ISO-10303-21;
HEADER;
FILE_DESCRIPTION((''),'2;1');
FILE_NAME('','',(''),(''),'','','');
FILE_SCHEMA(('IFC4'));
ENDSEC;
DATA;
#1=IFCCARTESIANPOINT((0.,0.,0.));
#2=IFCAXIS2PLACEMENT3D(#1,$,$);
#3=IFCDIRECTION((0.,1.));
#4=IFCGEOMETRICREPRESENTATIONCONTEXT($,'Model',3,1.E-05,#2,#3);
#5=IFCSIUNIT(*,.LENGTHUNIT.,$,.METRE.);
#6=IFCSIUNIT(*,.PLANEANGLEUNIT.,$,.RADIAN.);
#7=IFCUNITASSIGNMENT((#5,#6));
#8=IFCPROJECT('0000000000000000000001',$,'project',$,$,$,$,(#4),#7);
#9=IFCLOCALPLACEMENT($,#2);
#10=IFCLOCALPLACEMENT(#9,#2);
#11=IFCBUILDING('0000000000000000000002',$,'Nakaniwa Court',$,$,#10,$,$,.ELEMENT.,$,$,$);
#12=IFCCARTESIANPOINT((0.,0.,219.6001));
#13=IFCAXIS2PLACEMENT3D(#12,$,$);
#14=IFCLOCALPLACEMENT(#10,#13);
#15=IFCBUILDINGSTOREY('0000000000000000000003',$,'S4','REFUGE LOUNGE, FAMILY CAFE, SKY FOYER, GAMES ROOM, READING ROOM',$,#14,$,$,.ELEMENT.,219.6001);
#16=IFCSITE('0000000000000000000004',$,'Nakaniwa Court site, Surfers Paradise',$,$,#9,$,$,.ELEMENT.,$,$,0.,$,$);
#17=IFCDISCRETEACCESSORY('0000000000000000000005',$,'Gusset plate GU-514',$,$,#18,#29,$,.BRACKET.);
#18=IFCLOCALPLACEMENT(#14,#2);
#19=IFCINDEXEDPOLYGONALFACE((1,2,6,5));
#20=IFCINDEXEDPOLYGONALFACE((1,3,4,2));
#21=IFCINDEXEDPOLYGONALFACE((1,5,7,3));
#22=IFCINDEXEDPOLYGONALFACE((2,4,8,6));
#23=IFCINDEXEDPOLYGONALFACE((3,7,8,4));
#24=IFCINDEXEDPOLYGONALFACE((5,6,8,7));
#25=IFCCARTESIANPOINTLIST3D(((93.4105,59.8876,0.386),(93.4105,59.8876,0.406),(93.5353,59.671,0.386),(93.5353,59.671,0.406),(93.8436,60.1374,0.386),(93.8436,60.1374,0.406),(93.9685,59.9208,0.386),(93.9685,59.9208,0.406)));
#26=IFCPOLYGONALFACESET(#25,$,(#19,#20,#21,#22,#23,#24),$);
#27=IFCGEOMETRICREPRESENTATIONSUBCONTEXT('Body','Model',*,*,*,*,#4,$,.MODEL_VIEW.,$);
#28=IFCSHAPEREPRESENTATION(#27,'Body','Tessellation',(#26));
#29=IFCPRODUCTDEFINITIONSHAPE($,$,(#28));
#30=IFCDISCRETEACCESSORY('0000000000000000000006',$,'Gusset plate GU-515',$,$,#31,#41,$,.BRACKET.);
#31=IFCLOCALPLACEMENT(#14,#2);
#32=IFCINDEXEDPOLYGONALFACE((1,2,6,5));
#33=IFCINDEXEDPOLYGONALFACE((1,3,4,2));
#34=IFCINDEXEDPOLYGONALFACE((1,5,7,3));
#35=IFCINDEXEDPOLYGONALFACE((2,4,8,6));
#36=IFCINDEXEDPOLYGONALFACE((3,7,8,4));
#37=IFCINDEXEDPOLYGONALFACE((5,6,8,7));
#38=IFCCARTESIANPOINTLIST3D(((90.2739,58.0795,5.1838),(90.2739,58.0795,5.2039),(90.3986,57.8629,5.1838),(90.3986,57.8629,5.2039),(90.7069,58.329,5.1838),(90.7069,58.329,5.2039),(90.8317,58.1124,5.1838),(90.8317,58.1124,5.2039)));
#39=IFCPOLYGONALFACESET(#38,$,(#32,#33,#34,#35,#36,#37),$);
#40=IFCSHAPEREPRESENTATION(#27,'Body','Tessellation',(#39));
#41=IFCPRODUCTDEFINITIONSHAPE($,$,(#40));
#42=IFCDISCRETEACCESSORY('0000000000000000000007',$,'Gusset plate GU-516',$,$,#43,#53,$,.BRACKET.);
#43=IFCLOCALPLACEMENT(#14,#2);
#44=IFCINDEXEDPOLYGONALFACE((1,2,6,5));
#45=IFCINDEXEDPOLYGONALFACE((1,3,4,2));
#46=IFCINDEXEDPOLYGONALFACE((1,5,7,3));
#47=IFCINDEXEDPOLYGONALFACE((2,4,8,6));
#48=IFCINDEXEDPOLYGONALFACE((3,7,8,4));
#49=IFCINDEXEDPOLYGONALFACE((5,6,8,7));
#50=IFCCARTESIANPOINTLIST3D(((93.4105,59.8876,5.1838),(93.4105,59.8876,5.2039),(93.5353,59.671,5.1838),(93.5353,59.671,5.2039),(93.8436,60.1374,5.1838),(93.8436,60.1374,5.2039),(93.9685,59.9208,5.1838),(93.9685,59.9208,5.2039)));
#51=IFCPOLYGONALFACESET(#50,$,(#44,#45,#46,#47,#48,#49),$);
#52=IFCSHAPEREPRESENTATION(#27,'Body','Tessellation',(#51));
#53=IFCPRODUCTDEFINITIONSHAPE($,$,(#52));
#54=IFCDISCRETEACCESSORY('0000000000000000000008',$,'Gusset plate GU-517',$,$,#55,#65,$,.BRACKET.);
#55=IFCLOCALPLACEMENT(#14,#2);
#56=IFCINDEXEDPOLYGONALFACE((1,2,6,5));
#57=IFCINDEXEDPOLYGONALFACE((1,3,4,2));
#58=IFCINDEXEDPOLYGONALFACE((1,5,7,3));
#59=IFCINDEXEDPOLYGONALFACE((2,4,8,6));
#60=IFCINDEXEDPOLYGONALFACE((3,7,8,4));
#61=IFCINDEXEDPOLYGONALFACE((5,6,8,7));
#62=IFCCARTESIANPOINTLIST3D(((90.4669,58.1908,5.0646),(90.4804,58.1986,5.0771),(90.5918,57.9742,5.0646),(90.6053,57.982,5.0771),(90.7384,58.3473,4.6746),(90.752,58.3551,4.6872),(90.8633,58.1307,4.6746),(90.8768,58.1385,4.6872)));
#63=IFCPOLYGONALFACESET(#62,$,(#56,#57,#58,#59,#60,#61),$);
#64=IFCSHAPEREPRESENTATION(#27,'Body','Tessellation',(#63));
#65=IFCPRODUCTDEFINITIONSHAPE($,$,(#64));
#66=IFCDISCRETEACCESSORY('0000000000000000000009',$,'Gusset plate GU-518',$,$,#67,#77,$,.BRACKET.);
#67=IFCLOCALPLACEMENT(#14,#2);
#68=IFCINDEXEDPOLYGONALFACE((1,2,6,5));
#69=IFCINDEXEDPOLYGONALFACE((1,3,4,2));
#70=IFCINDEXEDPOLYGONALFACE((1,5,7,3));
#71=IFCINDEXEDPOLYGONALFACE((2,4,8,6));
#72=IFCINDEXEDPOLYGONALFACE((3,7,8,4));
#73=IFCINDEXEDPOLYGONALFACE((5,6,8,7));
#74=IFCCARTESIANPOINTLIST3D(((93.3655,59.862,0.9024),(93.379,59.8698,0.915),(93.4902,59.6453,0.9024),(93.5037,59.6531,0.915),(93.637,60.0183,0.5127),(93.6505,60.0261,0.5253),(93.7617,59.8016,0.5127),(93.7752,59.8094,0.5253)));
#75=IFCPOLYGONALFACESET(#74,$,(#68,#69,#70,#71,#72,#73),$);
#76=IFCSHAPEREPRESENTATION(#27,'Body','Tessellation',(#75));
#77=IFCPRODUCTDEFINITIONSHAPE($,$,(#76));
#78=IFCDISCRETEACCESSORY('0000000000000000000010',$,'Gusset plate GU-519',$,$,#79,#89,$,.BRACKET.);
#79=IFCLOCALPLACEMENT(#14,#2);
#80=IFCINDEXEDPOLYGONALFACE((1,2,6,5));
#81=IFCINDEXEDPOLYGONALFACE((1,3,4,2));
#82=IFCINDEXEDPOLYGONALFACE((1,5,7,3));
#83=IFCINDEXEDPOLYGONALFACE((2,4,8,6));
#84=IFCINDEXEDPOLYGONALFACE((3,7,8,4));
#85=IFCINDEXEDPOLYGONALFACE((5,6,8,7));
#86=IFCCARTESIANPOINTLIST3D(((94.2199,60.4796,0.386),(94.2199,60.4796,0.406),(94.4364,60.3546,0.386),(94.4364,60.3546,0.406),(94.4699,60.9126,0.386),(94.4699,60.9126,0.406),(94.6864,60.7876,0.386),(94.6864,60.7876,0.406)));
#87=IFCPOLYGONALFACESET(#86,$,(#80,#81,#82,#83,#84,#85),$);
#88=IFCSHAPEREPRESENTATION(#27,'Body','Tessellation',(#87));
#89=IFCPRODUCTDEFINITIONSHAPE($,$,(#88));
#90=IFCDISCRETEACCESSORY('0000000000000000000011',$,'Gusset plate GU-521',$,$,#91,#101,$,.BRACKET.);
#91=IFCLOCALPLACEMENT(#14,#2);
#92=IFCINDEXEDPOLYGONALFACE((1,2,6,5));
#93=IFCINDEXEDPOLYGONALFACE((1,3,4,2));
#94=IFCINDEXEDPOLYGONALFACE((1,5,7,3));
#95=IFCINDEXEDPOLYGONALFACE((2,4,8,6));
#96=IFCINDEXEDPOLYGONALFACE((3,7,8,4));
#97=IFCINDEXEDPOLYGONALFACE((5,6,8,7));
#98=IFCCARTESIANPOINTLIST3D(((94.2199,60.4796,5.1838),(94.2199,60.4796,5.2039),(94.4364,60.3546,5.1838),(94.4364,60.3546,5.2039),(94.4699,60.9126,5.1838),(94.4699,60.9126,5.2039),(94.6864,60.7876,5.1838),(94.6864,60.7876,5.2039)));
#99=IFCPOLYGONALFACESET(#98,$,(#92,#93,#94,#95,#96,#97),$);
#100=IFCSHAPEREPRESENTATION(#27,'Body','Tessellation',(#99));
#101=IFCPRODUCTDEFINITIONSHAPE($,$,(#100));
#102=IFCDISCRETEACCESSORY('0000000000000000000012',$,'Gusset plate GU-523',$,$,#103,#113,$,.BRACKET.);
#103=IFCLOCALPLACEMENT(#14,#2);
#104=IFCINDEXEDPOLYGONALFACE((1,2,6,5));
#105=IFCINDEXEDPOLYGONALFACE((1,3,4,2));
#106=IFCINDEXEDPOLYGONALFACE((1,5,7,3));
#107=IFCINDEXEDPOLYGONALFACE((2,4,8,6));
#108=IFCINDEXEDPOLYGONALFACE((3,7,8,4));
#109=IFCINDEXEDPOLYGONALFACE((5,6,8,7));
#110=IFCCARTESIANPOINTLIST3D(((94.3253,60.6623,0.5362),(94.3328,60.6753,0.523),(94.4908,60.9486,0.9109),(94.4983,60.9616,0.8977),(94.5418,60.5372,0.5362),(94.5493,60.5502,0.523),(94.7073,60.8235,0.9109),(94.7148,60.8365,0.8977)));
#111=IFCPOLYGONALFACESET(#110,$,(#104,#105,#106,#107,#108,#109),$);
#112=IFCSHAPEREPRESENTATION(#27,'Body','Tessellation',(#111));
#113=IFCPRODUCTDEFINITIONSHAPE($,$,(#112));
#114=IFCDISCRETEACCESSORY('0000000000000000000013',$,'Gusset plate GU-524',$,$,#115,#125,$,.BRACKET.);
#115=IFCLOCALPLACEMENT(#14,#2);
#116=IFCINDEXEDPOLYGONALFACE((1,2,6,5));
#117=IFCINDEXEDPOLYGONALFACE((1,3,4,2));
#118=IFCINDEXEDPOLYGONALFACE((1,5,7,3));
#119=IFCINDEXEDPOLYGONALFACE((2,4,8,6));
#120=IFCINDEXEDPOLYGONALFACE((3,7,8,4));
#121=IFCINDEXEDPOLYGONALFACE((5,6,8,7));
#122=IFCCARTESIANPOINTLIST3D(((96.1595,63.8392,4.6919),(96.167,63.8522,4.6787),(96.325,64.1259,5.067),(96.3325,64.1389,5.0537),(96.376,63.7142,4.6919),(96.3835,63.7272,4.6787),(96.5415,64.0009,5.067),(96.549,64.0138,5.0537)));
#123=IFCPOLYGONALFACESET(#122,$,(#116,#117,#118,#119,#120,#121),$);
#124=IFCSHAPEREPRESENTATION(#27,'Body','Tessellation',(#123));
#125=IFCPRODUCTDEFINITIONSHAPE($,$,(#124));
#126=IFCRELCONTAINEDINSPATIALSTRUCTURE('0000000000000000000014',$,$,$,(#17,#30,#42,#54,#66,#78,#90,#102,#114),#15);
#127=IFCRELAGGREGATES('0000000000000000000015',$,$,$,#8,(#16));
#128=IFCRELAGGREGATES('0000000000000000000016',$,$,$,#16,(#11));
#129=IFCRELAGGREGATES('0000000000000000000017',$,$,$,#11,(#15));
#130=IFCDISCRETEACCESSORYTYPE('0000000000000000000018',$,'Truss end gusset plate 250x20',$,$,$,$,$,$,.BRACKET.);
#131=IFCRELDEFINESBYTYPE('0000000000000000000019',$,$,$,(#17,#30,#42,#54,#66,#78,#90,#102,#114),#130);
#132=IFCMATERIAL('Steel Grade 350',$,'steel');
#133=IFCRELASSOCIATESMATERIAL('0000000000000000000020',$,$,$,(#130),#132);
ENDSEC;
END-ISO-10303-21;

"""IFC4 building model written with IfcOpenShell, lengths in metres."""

from ifc_helpers import new_model, si_unit, direction, frame, origin, origin_2d, place, context, subcontext, project, spatial, rectangle, extrude, material, material_profile, profile_set, type_object, element, save


model = new_model("IFC4")

# Units and contexts
model_context = context("Model", 3, precision=1e-05, world=origin(), true_north=direction((0.0, 1.0)))
body_context = subcontext(model_context, "Body", "Model", "MODEL_VIEW")
ifc_project = project(units=[si_unit("LENGTHUNIT", "METRE"), si_unit("PLANEANGLEUNIT", "RADIAN")], contexts=[model_context])

# Site, building, storey
site_placement = place(None, origin())
site = spatial("IfcSite", under=ifc_project, at=site_placement, Name="Nakaniwa Court site, Surfers Paradise", CompositionType="ELEMENT", RefElevation=0.0)
building_placement = place(site_placement, origin())
building = spatial("IfcBuilding", under=site, at=building_placement, Name="Nakaniwa Court", CompositionType="ELEMENT")
storey_placement = place(building_placement, frame((0.0, 0.0, 219.6001)))
storey = spatial("IfcBuildingStorey", under=building, at=storey_placement, Name="S4", Description="REFUGE LOUNGE, FAMILY CAFE, SKY FOYER, GAMES ROOM, READING ROOM", CompositionType="ELEMENT", Elevation=219.6001)

# Shared definitions
ifc_material_1 = material(Name="Steel Grade 350", Category="steel")

# Discrete accessories
ifc_material_profile_1 = material_profile(ifc_material_1, rectangle(XDim=0.25, YDim=0.02, at=origin_2d()), Name="Truss end gusset plate 250x20")
ifc_profile_set_1 = profile_set([ifc_material_profile_1], Name="Steel Grade 350")
discrete_accessory_type = type_object("IfcDiscreteAccessoryType", Name="Truss end gusset plate 250x20", PredefinedType="BRACKET", material=ifc_profile_set_1)
discrete_accessory_1_placement = place(storey_placement, frame((93.4729, 59.7793, 0.396), z_axis=(0.866283, 0.499553, 0.0), x_axis=(-0.499553, 0.866283, 0.0)))
element("IfcDiscreteAccessory", 1, at=discrete_accessory_1_placement, inside=storey, type_object=discrete_accessory_type, Name="Gusset plate GU-514", PredefinedType="BRACKET", context=body_context, shape_type="SweptSolid", body=[
    extrude(rectangle(XDim=0.25, YDim=0.02, at=origin_2d()), origin(), (0.0, 0.0, 1.0), 0.5),
])
discrete_accessory_2_placement = place(storey_placement, frame((90.7693, 58.2207, 5.1938), z_axis=(-0.866494, -0.499187, 0.0), x_axis=(0.499187, -0.866494, 0.0)))
element("IfcDiscreteAccessory", 2, at=discrete_accessory_2_placement, inside=storey, type_object=discrete_accessory_type, Name="Gusset plate GU-515", PredefinedType="BRACKET", context=body_context, shape_type="SweptSolid", body=[
    extrude(rectangle(XDim=0.25, YDim=0.02, at=origin_2d()), origin(), (0.0, 0.0, 1.0), 0.4998),
])
discrete_accessory_3_placement = place(storey_placement, frame((93.4729, 59.7793, 5.1938), z_axis=(0.866283, 0.499553, 0.0), x_axis=(-0.499553, 0.866283, 0.0)))
element("IfcDiscreteAccessory", 3, at=discrete_accessory_3_placement, inside=storey, type_object=discrete_accessory_type, Name="Gusset plate GU-516", PredefinedType="BRACKET", context=body_context, shape_type="SweptSolid", body=[
    extrude(rectangle(XDim=0.25, YDim=0.02, at=origin_2d()), origin(), (0.0, 0.0, 1.0), 0.5),
])
discrete_accessory_4_placement = place(storey_placement, frame((90.8076, 58.2429, 4.6809), z_axis=(-0.54274, -0.312857, 0.779457), x_axis=(0.499408, -0.866367, 0.0)))
element("IfcDiscreteAccessory", 4, at=discrete_accessory_4_placement, inside=storey, type_object=discrete_accessory_type, Name="Gusset plate GU-517", PredefinedType="BRACKET", context=body_context, shape_type="SweptSolid", body=[
    extrude(rectangle(XDim=0.25, YDim=0.02, at=origin_2d()), origin(), (0.0, 0.0, 1.0), 0.5002),
])
for number, where, z_axis, x_axis, name in (
    (5, (93.4346, 59.7576, 0.9087), (0.54303, 0.312535, -0.779385), (-0.498823, 0.866704, 0.0), "Gusset plate GU-518"),
    (6, (94.5781, 60.8501, 0.396), (-0.49992, -0.866072, 0.0), (0.866072, -0.49992, 0.0), "Gusset plate GU-519"),
    (7, (94.5781, 60.8501, 5.1938), (-0.49992, -0.866072, 0.0), (0.866072, -0.49992, 0.0), "Gusset plate GU-521"),
):
    element("IfcDiscreteAccessory", number, at=place(storey_placement, frame(where, z_axis=z_axis, x_axis=x_axis)), inside=storey, type_object=discrete_accessory_type, Name=name, PredefinedType="BRACKET", context=body_context, shape_type="SweptSolid", body=[
        extrude(rectangle(XDim=0.25, YDim=0.02, at=origin_2d()), origin(), (0.0, 0.0, 1.0), 0.5),
    ])
discrete_accessory_5_placement = place(storey_placement, frame((94.6028, 60.8926, 0.9043), z_axis=(-0.331152, -0.572922, -0.749732), x_axis=(0.86578, -0.500425, 0.0)))
element("IfcDiscreteAccessory", 8, at=discrete_accessory_5_placement, inside=storey, type_object=discrete_accessory_type, Name="Gusset plate GU-523", PredefinedType="BRACKET", context=body_context, shape_type="SweptSolid", body=[
    extrude(rectangle(XDim=0.25, YDim=0.02, at=origin_2d()), origin(), (0.0, 0.0, 1.0), 0.4998),
])
discrete_accessory_6_placement = place(storey_placement, frame((96.2715, 63.7832, 4.6853), z_axis=(0.330938, 0.573041, 0.749736), x_axis=(-0.865964, 0.500106, 0.0)))
element("IfcDiscreteAccessory", 9, at=discrete_accessory_6_placement, inside=storey, type_object=discrete_accessory_type, Name="Gusset plate GU-524", PredefinedType="BRACKET", context=body_context, shape_type="SweptSolid", body=[
    extrude(rectangle(XDim=0.25, YDim=0.02, at=origin_2d()), origin(), (0.0, 0.0, 1.0), 0.5002),
])

save(model, "model.ifc")
